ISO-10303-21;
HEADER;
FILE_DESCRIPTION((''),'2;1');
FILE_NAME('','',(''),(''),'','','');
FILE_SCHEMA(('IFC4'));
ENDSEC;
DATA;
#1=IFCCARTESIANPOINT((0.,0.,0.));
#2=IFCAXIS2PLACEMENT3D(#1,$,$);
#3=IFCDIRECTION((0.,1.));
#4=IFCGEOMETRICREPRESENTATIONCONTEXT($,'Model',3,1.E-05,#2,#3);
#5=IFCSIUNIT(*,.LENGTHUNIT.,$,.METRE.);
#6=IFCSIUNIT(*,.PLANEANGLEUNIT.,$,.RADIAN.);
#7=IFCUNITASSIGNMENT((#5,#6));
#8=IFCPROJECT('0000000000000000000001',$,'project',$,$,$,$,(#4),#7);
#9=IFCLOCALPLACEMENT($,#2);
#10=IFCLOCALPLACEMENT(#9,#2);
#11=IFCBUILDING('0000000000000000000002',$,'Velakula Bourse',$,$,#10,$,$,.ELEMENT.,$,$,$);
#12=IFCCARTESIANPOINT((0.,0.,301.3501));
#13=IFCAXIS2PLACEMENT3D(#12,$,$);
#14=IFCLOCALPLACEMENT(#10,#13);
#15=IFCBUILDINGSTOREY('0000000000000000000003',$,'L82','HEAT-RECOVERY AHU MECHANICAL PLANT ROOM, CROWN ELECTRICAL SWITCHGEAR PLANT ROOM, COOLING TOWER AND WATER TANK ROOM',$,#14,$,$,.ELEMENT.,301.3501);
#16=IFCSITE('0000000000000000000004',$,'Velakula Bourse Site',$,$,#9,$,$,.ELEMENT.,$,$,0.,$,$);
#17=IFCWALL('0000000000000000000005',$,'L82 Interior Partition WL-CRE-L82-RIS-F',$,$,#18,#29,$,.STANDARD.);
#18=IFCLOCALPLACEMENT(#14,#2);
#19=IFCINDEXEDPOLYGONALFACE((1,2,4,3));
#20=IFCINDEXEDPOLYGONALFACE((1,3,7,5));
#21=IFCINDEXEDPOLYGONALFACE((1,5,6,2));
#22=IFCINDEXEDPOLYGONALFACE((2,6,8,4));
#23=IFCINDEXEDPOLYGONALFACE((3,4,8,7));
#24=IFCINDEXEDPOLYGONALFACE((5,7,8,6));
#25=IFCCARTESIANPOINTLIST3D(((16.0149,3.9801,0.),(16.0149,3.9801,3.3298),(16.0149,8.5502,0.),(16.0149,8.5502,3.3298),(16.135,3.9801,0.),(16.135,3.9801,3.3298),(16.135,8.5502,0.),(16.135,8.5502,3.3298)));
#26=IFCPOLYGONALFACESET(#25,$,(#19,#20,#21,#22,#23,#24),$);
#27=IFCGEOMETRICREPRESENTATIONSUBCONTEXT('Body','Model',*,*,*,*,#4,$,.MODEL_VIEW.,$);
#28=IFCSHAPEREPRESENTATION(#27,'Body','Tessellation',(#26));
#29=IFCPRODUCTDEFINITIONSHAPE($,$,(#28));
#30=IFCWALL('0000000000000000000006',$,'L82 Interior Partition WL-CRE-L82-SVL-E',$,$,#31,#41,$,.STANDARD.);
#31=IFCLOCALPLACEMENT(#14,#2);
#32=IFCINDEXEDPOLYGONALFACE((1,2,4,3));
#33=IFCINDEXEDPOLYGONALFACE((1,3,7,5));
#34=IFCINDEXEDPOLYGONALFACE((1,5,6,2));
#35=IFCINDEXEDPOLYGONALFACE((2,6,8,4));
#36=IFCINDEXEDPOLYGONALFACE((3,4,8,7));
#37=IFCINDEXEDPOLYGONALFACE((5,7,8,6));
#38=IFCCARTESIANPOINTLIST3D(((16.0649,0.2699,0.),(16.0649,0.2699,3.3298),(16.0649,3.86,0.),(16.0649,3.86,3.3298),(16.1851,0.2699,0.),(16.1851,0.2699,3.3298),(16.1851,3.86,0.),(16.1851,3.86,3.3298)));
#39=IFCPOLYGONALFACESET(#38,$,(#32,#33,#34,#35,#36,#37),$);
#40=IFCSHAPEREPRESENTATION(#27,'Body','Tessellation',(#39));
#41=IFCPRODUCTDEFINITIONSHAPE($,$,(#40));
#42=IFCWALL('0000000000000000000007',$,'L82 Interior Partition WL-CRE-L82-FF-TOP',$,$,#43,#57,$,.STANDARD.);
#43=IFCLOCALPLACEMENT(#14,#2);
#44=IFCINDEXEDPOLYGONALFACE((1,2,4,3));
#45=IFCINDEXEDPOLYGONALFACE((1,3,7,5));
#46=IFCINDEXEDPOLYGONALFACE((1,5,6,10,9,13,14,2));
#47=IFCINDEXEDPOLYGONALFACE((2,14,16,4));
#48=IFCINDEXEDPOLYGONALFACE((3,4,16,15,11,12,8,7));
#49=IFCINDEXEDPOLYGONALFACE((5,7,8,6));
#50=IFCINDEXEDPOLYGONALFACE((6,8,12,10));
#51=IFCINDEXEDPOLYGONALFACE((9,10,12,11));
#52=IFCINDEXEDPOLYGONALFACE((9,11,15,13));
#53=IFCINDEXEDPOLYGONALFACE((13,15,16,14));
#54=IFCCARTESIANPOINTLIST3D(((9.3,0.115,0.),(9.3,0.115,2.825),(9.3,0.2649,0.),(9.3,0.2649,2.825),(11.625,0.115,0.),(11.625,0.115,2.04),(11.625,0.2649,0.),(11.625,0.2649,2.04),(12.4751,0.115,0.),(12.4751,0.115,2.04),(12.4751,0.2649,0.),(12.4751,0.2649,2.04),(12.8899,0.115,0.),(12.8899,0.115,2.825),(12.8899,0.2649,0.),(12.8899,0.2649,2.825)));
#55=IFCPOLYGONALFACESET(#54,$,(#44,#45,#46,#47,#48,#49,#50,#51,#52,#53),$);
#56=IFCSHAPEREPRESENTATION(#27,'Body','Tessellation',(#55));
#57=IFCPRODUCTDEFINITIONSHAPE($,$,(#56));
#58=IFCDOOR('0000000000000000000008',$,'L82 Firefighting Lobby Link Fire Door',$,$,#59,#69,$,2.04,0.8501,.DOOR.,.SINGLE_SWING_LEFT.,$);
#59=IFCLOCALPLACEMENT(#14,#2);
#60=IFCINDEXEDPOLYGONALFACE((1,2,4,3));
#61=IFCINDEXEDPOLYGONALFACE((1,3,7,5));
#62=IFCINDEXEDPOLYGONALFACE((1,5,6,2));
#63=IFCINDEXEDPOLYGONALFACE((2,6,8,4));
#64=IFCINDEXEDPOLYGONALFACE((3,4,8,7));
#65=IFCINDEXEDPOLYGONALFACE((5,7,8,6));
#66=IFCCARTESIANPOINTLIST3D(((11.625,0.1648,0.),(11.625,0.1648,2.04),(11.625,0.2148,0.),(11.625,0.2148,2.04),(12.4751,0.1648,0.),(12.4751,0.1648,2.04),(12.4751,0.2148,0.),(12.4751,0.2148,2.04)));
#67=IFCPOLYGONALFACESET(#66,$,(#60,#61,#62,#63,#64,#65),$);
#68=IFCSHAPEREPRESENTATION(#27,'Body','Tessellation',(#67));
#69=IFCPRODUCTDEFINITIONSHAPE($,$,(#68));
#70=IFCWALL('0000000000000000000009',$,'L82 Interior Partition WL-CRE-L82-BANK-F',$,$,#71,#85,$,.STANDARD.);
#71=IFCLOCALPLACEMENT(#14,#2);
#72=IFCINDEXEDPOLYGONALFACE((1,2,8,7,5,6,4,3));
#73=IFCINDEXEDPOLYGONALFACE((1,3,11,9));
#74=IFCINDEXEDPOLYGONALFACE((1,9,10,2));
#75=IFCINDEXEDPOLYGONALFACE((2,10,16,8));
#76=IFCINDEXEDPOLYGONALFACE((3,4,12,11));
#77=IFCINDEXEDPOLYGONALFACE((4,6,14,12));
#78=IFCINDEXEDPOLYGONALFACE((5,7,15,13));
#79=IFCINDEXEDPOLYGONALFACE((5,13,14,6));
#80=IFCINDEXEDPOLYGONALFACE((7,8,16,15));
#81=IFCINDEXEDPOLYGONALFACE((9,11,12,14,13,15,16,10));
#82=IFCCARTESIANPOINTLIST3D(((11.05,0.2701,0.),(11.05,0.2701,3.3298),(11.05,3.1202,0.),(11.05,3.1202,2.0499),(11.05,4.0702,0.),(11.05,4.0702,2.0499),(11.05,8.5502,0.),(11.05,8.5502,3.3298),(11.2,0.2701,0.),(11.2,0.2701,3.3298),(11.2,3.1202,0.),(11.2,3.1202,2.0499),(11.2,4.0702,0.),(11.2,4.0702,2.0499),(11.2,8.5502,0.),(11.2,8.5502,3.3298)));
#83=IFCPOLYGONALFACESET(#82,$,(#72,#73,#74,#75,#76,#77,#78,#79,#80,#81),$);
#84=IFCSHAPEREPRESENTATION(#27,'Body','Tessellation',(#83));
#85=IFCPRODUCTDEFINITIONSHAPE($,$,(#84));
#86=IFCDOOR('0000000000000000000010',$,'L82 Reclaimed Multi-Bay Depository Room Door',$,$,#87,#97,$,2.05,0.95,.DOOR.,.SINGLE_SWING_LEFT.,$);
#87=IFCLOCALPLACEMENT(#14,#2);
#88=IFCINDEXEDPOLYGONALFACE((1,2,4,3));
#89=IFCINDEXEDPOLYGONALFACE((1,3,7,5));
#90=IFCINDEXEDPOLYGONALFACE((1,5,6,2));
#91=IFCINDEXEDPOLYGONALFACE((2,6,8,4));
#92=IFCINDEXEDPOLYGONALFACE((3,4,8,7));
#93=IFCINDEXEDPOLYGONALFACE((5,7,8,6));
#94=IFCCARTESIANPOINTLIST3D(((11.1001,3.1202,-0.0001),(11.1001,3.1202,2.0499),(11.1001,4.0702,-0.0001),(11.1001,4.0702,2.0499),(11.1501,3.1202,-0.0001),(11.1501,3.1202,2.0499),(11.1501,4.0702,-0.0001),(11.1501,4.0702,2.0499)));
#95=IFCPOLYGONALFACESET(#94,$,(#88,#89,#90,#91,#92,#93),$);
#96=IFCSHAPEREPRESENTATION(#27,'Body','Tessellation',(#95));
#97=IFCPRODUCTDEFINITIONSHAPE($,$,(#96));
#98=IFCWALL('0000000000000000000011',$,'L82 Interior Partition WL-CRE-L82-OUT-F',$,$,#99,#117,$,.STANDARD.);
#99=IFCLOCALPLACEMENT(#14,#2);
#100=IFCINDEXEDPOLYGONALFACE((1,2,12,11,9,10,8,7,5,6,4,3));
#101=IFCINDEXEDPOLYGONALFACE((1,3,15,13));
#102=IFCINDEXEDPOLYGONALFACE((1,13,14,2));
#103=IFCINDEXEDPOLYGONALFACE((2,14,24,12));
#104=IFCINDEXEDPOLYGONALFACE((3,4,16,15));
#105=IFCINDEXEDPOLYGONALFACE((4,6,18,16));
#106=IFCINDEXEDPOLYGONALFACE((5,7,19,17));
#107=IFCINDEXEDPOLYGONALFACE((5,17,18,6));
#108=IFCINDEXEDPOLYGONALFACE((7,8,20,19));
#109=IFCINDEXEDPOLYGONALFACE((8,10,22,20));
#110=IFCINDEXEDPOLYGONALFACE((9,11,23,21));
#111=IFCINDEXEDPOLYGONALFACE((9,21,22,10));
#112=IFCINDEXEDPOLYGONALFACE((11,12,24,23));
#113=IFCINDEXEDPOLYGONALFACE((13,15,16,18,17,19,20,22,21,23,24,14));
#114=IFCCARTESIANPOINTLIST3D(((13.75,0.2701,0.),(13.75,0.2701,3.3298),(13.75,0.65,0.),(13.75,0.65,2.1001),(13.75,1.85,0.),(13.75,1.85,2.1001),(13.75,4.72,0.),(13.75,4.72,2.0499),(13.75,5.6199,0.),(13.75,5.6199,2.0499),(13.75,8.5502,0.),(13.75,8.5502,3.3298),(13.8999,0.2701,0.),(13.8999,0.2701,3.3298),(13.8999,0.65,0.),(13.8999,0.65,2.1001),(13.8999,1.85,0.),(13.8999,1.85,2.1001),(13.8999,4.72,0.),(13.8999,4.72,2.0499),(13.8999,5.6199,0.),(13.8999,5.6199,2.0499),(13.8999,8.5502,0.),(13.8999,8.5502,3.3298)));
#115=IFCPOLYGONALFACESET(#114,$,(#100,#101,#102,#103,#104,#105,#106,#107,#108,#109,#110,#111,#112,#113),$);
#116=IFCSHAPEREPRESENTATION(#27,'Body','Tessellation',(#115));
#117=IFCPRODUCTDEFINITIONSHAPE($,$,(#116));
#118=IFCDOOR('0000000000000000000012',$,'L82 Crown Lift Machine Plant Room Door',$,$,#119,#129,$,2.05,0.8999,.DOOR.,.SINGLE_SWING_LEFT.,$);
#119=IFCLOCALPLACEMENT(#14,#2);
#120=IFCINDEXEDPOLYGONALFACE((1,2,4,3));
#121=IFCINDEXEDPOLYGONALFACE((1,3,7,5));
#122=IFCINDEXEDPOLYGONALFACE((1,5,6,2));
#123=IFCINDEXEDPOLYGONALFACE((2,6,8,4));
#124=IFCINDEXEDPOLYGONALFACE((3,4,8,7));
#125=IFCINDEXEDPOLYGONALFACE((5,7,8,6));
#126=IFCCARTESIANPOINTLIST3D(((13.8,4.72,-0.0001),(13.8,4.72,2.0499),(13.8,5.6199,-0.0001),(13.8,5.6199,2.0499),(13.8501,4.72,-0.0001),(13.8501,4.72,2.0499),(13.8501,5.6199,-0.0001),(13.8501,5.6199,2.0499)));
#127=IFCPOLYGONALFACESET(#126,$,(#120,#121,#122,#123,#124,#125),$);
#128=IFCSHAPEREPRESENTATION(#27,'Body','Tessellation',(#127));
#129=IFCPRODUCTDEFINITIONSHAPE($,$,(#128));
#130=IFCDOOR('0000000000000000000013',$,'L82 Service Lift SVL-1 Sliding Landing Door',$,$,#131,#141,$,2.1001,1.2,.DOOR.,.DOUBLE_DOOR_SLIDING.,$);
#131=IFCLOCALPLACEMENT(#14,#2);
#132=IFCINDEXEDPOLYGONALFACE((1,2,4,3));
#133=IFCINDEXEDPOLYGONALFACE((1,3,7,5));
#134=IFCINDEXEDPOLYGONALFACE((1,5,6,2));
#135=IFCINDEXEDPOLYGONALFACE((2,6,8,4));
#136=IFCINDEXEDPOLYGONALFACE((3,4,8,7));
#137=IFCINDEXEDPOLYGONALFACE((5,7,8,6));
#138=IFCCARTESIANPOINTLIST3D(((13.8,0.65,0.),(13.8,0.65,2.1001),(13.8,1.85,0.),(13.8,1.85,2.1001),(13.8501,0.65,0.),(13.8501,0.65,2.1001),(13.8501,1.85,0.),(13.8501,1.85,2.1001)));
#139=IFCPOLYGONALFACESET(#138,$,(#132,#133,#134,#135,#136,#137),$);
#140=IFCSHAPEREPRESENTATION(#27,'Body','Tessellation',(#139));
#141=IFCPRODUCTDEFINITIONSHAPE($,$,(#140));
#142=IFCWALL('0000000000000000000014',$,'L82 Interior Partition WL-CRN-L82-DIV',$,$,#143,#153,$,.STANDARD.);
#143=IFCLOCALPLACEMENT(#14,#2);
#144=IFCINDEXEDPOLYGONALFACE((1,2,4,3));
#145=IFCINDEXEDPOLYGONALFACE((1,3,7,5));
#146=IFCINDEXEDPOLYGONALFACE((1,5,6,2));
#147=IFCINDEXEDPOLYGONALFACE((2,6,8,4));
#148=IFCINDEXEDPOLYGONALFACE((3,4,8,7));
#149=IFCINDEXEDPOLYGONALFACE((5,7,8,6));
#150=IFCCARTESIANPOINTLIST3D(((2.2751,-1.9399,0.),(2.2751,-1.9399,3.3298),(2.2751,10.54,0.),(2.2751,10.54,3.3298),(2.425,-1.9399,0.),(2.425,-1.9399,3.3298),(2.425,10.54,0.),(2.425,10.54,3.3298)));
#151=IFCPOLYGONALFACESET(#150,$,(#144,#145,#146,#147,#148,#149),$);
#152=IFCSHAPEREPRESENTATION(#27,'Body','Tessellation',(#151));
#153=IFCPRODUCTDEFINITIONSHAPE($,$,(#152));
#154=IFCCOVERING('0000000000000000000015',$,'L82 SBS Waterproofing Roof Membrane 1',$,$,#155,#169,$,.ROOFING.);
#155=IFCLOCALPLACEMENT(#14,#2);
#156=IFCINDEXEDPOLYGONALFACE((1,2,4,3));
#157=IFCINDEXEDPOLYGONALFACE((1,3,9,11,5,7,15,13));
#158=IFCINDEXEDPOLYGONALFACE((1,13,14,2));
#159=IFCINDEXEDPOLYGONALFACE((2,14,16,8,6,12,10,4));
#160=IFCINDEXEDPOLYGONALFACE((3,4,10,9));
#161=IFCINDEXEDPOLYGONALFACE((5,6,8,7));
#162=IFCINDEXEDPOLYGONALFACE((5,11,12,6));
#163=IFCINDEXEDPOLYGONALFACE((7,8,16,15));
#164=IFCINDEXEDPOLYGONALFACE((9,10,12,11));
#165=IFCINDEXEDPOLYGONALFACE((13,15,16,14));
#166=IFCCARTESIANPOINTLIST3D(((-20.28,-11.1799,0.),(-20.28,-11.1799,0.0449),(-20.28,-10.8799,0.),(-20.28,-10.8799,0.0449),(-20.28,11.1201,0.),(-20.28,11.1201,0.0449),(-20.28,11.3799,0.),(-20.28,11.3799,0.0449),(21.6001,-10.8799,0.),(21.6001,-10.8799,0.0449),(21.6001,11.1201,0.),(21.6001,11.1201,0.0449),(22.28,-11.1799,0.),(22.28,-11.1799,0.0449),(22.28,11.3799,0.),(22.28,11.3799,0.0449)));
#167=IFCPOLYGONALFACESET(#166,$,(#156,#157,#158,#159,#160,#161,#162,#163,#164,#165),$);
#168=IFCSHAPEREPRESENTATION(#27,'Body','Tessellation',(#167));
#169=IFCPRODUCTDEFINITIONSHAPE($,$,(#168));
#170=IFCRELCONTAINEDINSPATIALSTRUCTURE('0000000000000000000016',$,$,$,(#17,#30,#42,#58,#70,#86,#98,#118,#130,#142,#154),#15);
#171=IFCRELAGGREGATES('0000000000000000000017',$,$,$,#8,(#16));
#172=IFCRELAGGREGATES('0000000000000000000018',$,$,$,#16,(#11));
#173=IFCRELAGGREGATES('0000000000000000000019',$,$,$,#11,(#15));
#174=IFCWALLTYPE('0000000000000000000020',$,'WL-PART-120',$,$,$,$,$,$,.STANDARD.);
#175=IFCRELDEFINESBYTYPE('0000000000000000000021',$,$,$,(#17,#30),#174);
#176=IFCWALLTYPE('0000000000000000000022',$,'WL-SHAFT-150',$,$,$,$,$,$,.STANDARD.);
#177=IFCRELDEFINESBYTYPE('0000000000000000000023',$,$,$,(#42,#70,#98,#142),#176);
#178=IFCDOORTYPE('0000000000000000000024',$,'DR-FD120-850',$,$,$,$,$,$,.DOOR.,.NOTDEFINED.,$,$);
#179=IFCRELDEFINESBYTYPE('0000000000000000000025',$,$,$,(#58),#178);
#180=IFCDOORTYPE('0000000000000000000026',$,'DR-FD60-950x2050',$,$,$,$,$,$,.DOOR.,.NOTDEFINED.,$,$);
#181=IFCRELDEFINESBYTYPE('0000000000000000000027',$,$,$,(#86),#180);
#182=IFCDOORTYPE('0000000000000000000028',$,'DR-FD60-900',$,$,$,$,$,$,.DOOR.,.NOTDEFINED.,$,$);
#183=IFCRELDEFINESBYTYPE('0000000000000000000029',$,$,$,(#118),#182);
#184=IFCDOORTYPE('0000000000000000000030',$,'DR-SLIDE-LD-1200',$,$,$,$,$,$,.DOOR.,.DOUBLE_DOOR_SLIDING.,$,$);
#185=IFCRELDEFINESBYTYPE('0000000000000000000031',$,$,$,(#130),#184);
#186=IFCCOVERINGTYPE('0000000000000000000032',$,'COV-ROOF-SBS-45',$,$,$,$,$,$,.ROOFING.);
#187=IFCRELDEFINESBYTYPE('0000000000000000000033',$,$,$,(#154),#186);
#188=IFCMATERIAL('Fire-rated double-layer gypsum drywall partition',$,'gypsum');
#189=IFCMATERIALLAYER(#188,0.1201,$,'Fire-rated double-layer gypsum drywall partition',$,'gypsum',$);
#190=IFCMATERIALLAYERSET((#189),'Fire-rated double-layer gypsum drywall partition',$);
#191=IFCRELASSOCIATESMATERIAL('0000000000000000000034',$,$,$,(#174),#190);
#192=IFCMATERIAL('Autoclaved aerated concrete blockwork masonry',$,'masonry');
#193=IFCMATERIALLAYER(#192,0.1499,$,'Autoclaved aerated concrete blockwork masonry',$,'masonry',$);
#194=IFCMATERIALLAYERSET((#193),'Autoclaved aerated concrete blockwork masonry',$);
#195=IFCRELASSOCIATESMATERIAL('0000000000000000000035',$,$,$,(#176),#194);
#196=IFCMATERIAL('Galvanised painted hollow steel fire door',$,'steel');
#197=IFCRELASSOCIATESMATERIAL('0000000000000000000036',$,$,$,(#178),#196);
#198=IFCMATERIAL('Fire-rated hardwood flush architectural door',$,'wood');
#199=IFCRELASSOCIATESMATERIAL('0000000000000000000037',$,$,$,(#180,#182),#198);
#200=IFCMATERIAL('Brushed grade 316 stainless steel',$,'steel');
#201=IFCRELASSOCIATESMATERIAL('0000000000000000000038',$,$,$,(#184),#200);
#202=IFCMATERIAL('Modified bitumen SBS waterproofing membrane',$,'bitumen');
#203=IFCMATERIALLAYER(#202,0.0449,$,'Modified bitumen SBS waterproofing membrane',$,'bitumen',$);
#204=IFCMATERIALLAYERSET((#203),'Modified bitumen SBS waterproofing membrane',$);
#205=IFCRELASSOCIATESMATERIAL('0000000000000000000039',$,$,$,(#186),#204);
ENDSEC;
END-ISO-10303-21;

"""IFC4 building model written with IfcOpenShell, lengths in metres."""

from ifc_helpers import new_model, si_unit, direction, frame, frame_2d, origin, place, context, subcontext, project, spatial, polyline, rectangle, outline, extrude, material, layer, layer_set, type_object, element, fill, save


model = new_model("IFC4")

# Units and contexts
model_context = context("Model", 3, precision=1e-05, world=origin(), true_north=direction((0.0, 1.0)))
body_context = subcontext(model_context, "Body", "Model", "MODEL_VIEW")
ifc_project = project(units=[si_unit("LENGTHUNIT", "METRE"), si_unit("PLANEANGLEUNIT", "RADIAN")], contexts=[model_context])

# Site, building, storey
site_placement = place(None, origin())
site = spatial("IfcSite", under=ifc_project, at=site_placement, Name="Velakula Bourse Site", CompositionType="ELEMENT", RefElevation=0.0)
building_placement = place(site_placement, origin())
building = spatial("IfcBuilding", under=site, at=building_placement, Name="Velakula Bourse", CompositionType="ELEMENT")
storey_placement = place(building_placement, frame((0.0, 0.0, 301.3501)))
storey = spatial("IfcBuildingStorey", under=building, at=storey_placement, Name="L82", Description="HEAT-RECOVERY AHU MECHANICAL PLANT ROOM, CROWN ELECTRICAL SWITCHGEAR PLANT ROOM, COOLING TOWER AND WATER TANK ROOM", CompositionType="ELEMENT", Elevation=301.3501)

# Walls
ifc_material_1 = material(Name="Fire-rated double-layer gypsum drywall partition", Category="gypsum")
ifc_layer_1 = layer(ifc_material_1, 0.1201, Name="Fire-rated double-layer gypsum drywall partition", Category="gypsum")
ifc_layer_set_1 = layer_set([ifc_layer_1], Name="Fire-rated double-layer gypsum drywall partition")
wall_type_1 = type_object("IfcWallType", Name="WL-PART-120", PredefinedType="STANDARD", material=ifc_layer_set_1)
wall_1_placement = place(storey_placement, frame((16.075, 3.98, 0.0), z_axis=(0.0, 0.0, 1.0), x_axis=(0.0, 1.0, 0.0)))
element("IfcWall", 1, at=wall_1_placement, inside=storey, type_object=wall_type_1, Name="L82 Interior Partition WL-CRE-L82-RIS-F", PredefinedType="STANDARD", context=body_context, shape_type="SweptSolid", body=[
    extrude(rectangle(XDim=4.5701, YDim=0.1201, at=frame_2d((2.2852, 0.0))), origin(), (0.0, 0.0, 1.0), 3.3298),
])
wall_2_placement = place(storey_placement, frame((16.125, 0.27, 0.0), z_axis=(0.0, 0.0, 1.0), x_axis=(0.0, 1.0, 0.0)))
element("IfcWall", 2, at=wall_2_placement, inside=storey, type_object=wall_type_1, Name="L82 Interior Partition WL-CRE-L82-SVL-E", PredefinedType="STANDARD", context=body_context, shape_type="SweptSolid", body=[
    extrude(rectangle(XDim=3.5901, YDim=0.1201, at=frame_2d((1.7949, 0.0))), origin(), (0.0, 0.0, 1.0), 3.3298),
])

# Walls, openings, doors
ifc_material_2 = material(Name="Autoclaved aerated concrete blockwork masonry", Category="masonry")
ifc_layer_2 = layer(ifc_material_2, 0.1499, Name="Autoclaved aerated concrete blockwork masonry", Category="masonry")
ifc_layer_set_2 = layer_set([ifc_layer_2], Name="Autoclaved aerated concrete blockwork masonry")
wall_type_2 = type_object("IfcWallType", Name="WL-SHAFT-150", PredefinedType="STANDARD", material=ifc_layer_set_2)
wall_3_placement = place(storey_placement, frame((9.3, 0.1899, 0.0), z_axis=(0.0, 0.0, 1.0), x_axis=(1.0, 0.0, 0.0)))
wall_3 = element("IfcWall", 3, at=wall_3_placement, inside=storey, type_object=wall_type_2, Name="L82 Interior Partition WL-CRE-L82-FF-TOP", PredefinedType="STANDARD", context=body_context, shape_type="SweptSolid", body=[
    extrude(rectangle(XDim=3.5898, YDim=0.1499, at=frame_2d((1.7949, 0.0))), origin(), (0.0, 0.0, 1.0), 2.825),
])
opening_1_placement = place(wall_3_placement, frame((2.325, 0.0, 0.0)))
opening_1 = element("IfcOpeningElement", 4, at=opening_1_placement, cuts=wall_3, PredefinedType="OPENING", context=body_context, shape_type="SweptSolid", body=[
    extrude(rectangle(XDim=0.8501, YDim=2.04, at=frame_2d((0.425, 1.02))), frame((0.0, 0.085, 0.0), z_axis=(0.0, -1.0, 0.0), x_axis=(1.0, 0.0, 0.0)), (0.0, 0.0, 1.0), 0.1699),
])
ifc_material_3 = material(Name="Galvanised painted hollow steel fire door", Category="steel")
door_type_1 = type_object("IfcDoorType", Name="DR-FD120-850", OperationType="NOTDEFINED", PredefinedType="DOOR", material=ifc_material_3)
door_1_placement = place(opening_1_placement, origin())
door_1 = element("IfcDoor", 5, at=door_1_placement, inside=storey, type_object=door_type_1, Name="L82 Firefighting Lobby Link Fire Door", OperationType="SINGLE_SWING_LEFT", OverallHeight=2.04, OverallWidth=0.8501, PredefinedType="DOOR", context=body_context, shape_type="SweptSolid", body=[
    extrude(rectangle(XDim=0.8501, YDim=2.04, at=frame_2d((0.425, 1.02))), frame((0.0, 0.0249, 0.0), z_axis=(0.0, -1.0, 0.0), x_axis=(1.0, 0.0, 0.0)), (0.0, 0.0, 1.0), 0.05),
])
fill(opening_1, door_1)
wall_4_placement = place(storey_placement, frame((11.125, 0.27, 0.0), z_axis=(0.0, 0.0, 1.0), x_axis=(0.0, 1.0, 0.0)))
wall_4 = element("IfcWall", 6, at=wall_4_placement, inside=storey, type_object=wall_type_2, Name="L82 Interior Partition WL-CRE-L82-BANK-F", PredefinedType="STANDARD", context=body_context, shape_type="SweptSolid", body=[
    extrude(rectangle(XDim=8.28, YDim=0.1499, at=frame_2d((4.1401, 0.0))), origin(), (0.0, 0.0, 1.0), 3.3298),
])
opening_2_placement = place(wall_4_placement, frame((2.8501, 0.0, 0.0)))
opening_2 = element("IfcOpeningElement", 7, at=opening_2_placement, cuts=wall_4, PredefinedType="OPENING", context=body_context, shape_type="SweptSolid", body=[
    extrude(rectangle(XDim=0.95, YDim=2.05, at=frame_2d((0.4751, 1.0249))), frame((0.0, 0.085, 0.0), z_axis=(0.0, -1.0, 0.0), x_axis=(1.0, 0.0, 0.0)), (0.0, 0.0, 1.0), 0.1699),
])
ifc_material_4 = material(Name="Fire-rated hardwood flush architectural door", Category="wood")
door_type_2 = type_object("IfcDoorType", Name="DR-FD60-950x2050", OperationType="NOTDEFINED", PredefinedType="DOOR", material=ifc_material_4)
door_2_placement = place(opening_2_placement, origin())
door_2 = element("IfcDoor", 8, at=door_2_placement, inside=storey, type_object=door_type_2, Name="L82 Reclaimed Multi-Bay Depository Room Door", OperationType="SINGLE_SWING_LEFT", OverallHeight=2.05, OverallWidth=0.95, PredefinedType="DOOR", context=body_context, shape_type="SweptSolid", body=[
    extrude(rectangle(XDim=0.95, YDim=2.05, at=frame_2d((0.4751, 1.0249))), frame((0.0, 0.0249, 0.0), z_axis=(0.0, -1.0, 0.0), x_axis=(1.0, 0.0, 0.0)), (0.0, 0.0, 1.0), 0.05),
])
fill(opening_2, door_2)

# Wall, openings, doors
wall_5_placement = place(storey_placement, frame((13.825, 0.27, 0.0), z_axis=(0.0, 0.0, 1.0), x_axis=(0.0, 1.0, 0.0)))
wall_5 = element("IfcWall", 9, at=wall_5_placement, inside=storey, type_object=wall_type_2, Name="L82 Interior Partition WL-CRE-L82-OUT-F", PredefinedType="STANDARD", context=body_context, shape_type="SweptSolid", body=[
    extrude(rectangle(XDim=8.28, YDim=0.1499, at=frame_2d((4.1401, 0.0))), origin(), (0.0, 0.0, 1.0), 3.3298),
])
opening_3_placement = place(wall_5_placement, frame((4.45, 0.0, 0.0)))
opening_3 = element("IfcOpeningElement", 10, at=opening_3_placement, cuts=wall_5, PredefinedType="OPENING", context=body_context, shape_type="SweptSolid", body=[
    extrude(rectangle(XDim=0.8999, YDim=2.05, at=frame_2d((0.45, 1.0249))), frame((0.0, 0.085, 0.0), z_axis=(0.0, -1.0, 0.0), x_axis=(1.0, 0.0, 0.0)), (0.0, 0.0, 1.0), 0.1699),
])
opening_4_placement = place(wall_5_placement, frame((0.3799, 0.0, 0.0)))
opening_4 = element("IfcOpeningElement", 11, at=opening_4_placement, cuts=wall_5, PredefinedType="OPENING", context=body_context, shape_type="SweptSolid", body=[
    extrude(rectangle(XDim=1.2, YDim=2.1001, at=frame_2d((0.6001, 1.05))), frame((0.0, 0.085, 0.0), z_axis=(0.0, -1.0, 0.0), x_axis=(1.0, 0.0, 0.0)), (0.0, 0.0, 1.0), 0.1699),
])
door_type_3 = type_object("IfcDoorType", Name="DR-FD60-900", OperationType="NOTDEFINED", PredefinedType="DOOR", material=ifc_material_4)
door_3_placement = place(opening_3_placement, origin())
door_3 = element("IfcDoor", 12, at=door_3_placement, inside=storey, type_object=door_type_3, Name="L82 Crown Lift Machine Plant Room Door", OperationType="SINGLE_SWING_LEFT", OverallHeight=2.05, OverallWidth=0.8999, PredefinedType="DOOR", context=body_context, shape_type="SweptSolid", body=[
    extrude(rectangle(XDim=0.8999, YDim=2.05, at=frame_2d((0.45, 1.0249))), frame((0.0, 0.0249, 0.0), z_axis=(0.0, -1.0, 0.0), x_axis=(1.0, 0.0, 0.0)), (0.0, 0.0, 1.0), 0.05),
])
fill(opening_3, door_3)
ifc_material_5 = material(Name="Brushed grade 316 stainless steel", Category="steel")
door_type_4 = type_object("IfcDoorType", Name="DR-SLIDE-LD-1200", OperationType="DOUBLE_DOOR_SLIDING", PredefinedType="DOOR", material=ifc_material_5)
door_4_placement = place(opening_4_placement, origin())
door_4 = element("IfcDoor", 13, at=door_4_placement, inside=storey, type_object=door_type_4, Name="L82 Service Lift SVL-1 Sliding Landing Door", OperationType="DOUBLE_DOOR_SLIDING", OverallHeight=2.1001, OverallWidth=1.2, PredefinedType="DOOR", context=body_context, shape_type="SweptSolid", body=[
    extrude(rectangle(XDim=1.2, YDim=2.1001, at=frame_2d((0.6001, 1.05))), frame((0.0, 0.0249, 0.0), z_axis=(0.0, -1.0, 0.0), x_axis=(1.0, 0.0, 0.0)), (0.0, 0.0, 1.0), 0.05),
])
fill(opening_4, door_4)

# Wall
wall_6_placement = place(storey_placement, frame((2.3501, -1.9399, 0.0), z_axis=(0.0, 0.0, 1.0), x_axis=(0.0, 1.0, 0.0)))
element("IfcWall", 14, at=wall_6_placement, inside=storey, type_object=wall_type_2, Name="L82 Interior Partition WL-CRN-L82-DIV", PredefinedType="STANDARD", context=body_context, shape_type="SweptSolid", body=[
    extrude(rectangle(XDim=12.48, YDim=0.1499, at=frame_2d((6.24, 0.0))), origin(), (0.0, 0.0, 1.0), 3.3298),
])

# Covering
ifc_material_6 = material(Name="Modified bitumen SBS waterproofing membrane", Category="bitumen")
ifc_layer_3 = layer(ifc_material_6, 0.0449, Name="Modified bitumen SBS waterproofing membrane", Category="bitumen")
ifc_layer_set_3 = layer_set([ifc_layer_3], Name="Modified bitumen SBS waterproofing membrane")
covering_type = type_object("IfcCoveringType", Name="COV-ROOF-SBS-45", PredefinedType="ROOFING", material=ifc_layer_set_3)
covering_placement = place(storey_placement, origin())
element("IfcCovering", 15, at=covering_placement, inside=storey, type_object=covering_type, Name="L82 SBS Waterproofing Roof Membrane 1", PredefinedType="ROOFING", context=body_context, shape_type="SweptSolid", body=[
    extrude(outline(polyline([(-20.28, -10.8799), (21.6001, -10.8799), (21.6001, 11.1201), (-20.28, 11.1201), (-20.28, 11.3799), (22.28, 11.3799), (22.28, -11.1799), (-20.28, -11.1799), (-20.28, -10.8799)])), origin(), (0.0, 0.0, 1.0), 0.0449),
])

save(model, "model.ifc")
